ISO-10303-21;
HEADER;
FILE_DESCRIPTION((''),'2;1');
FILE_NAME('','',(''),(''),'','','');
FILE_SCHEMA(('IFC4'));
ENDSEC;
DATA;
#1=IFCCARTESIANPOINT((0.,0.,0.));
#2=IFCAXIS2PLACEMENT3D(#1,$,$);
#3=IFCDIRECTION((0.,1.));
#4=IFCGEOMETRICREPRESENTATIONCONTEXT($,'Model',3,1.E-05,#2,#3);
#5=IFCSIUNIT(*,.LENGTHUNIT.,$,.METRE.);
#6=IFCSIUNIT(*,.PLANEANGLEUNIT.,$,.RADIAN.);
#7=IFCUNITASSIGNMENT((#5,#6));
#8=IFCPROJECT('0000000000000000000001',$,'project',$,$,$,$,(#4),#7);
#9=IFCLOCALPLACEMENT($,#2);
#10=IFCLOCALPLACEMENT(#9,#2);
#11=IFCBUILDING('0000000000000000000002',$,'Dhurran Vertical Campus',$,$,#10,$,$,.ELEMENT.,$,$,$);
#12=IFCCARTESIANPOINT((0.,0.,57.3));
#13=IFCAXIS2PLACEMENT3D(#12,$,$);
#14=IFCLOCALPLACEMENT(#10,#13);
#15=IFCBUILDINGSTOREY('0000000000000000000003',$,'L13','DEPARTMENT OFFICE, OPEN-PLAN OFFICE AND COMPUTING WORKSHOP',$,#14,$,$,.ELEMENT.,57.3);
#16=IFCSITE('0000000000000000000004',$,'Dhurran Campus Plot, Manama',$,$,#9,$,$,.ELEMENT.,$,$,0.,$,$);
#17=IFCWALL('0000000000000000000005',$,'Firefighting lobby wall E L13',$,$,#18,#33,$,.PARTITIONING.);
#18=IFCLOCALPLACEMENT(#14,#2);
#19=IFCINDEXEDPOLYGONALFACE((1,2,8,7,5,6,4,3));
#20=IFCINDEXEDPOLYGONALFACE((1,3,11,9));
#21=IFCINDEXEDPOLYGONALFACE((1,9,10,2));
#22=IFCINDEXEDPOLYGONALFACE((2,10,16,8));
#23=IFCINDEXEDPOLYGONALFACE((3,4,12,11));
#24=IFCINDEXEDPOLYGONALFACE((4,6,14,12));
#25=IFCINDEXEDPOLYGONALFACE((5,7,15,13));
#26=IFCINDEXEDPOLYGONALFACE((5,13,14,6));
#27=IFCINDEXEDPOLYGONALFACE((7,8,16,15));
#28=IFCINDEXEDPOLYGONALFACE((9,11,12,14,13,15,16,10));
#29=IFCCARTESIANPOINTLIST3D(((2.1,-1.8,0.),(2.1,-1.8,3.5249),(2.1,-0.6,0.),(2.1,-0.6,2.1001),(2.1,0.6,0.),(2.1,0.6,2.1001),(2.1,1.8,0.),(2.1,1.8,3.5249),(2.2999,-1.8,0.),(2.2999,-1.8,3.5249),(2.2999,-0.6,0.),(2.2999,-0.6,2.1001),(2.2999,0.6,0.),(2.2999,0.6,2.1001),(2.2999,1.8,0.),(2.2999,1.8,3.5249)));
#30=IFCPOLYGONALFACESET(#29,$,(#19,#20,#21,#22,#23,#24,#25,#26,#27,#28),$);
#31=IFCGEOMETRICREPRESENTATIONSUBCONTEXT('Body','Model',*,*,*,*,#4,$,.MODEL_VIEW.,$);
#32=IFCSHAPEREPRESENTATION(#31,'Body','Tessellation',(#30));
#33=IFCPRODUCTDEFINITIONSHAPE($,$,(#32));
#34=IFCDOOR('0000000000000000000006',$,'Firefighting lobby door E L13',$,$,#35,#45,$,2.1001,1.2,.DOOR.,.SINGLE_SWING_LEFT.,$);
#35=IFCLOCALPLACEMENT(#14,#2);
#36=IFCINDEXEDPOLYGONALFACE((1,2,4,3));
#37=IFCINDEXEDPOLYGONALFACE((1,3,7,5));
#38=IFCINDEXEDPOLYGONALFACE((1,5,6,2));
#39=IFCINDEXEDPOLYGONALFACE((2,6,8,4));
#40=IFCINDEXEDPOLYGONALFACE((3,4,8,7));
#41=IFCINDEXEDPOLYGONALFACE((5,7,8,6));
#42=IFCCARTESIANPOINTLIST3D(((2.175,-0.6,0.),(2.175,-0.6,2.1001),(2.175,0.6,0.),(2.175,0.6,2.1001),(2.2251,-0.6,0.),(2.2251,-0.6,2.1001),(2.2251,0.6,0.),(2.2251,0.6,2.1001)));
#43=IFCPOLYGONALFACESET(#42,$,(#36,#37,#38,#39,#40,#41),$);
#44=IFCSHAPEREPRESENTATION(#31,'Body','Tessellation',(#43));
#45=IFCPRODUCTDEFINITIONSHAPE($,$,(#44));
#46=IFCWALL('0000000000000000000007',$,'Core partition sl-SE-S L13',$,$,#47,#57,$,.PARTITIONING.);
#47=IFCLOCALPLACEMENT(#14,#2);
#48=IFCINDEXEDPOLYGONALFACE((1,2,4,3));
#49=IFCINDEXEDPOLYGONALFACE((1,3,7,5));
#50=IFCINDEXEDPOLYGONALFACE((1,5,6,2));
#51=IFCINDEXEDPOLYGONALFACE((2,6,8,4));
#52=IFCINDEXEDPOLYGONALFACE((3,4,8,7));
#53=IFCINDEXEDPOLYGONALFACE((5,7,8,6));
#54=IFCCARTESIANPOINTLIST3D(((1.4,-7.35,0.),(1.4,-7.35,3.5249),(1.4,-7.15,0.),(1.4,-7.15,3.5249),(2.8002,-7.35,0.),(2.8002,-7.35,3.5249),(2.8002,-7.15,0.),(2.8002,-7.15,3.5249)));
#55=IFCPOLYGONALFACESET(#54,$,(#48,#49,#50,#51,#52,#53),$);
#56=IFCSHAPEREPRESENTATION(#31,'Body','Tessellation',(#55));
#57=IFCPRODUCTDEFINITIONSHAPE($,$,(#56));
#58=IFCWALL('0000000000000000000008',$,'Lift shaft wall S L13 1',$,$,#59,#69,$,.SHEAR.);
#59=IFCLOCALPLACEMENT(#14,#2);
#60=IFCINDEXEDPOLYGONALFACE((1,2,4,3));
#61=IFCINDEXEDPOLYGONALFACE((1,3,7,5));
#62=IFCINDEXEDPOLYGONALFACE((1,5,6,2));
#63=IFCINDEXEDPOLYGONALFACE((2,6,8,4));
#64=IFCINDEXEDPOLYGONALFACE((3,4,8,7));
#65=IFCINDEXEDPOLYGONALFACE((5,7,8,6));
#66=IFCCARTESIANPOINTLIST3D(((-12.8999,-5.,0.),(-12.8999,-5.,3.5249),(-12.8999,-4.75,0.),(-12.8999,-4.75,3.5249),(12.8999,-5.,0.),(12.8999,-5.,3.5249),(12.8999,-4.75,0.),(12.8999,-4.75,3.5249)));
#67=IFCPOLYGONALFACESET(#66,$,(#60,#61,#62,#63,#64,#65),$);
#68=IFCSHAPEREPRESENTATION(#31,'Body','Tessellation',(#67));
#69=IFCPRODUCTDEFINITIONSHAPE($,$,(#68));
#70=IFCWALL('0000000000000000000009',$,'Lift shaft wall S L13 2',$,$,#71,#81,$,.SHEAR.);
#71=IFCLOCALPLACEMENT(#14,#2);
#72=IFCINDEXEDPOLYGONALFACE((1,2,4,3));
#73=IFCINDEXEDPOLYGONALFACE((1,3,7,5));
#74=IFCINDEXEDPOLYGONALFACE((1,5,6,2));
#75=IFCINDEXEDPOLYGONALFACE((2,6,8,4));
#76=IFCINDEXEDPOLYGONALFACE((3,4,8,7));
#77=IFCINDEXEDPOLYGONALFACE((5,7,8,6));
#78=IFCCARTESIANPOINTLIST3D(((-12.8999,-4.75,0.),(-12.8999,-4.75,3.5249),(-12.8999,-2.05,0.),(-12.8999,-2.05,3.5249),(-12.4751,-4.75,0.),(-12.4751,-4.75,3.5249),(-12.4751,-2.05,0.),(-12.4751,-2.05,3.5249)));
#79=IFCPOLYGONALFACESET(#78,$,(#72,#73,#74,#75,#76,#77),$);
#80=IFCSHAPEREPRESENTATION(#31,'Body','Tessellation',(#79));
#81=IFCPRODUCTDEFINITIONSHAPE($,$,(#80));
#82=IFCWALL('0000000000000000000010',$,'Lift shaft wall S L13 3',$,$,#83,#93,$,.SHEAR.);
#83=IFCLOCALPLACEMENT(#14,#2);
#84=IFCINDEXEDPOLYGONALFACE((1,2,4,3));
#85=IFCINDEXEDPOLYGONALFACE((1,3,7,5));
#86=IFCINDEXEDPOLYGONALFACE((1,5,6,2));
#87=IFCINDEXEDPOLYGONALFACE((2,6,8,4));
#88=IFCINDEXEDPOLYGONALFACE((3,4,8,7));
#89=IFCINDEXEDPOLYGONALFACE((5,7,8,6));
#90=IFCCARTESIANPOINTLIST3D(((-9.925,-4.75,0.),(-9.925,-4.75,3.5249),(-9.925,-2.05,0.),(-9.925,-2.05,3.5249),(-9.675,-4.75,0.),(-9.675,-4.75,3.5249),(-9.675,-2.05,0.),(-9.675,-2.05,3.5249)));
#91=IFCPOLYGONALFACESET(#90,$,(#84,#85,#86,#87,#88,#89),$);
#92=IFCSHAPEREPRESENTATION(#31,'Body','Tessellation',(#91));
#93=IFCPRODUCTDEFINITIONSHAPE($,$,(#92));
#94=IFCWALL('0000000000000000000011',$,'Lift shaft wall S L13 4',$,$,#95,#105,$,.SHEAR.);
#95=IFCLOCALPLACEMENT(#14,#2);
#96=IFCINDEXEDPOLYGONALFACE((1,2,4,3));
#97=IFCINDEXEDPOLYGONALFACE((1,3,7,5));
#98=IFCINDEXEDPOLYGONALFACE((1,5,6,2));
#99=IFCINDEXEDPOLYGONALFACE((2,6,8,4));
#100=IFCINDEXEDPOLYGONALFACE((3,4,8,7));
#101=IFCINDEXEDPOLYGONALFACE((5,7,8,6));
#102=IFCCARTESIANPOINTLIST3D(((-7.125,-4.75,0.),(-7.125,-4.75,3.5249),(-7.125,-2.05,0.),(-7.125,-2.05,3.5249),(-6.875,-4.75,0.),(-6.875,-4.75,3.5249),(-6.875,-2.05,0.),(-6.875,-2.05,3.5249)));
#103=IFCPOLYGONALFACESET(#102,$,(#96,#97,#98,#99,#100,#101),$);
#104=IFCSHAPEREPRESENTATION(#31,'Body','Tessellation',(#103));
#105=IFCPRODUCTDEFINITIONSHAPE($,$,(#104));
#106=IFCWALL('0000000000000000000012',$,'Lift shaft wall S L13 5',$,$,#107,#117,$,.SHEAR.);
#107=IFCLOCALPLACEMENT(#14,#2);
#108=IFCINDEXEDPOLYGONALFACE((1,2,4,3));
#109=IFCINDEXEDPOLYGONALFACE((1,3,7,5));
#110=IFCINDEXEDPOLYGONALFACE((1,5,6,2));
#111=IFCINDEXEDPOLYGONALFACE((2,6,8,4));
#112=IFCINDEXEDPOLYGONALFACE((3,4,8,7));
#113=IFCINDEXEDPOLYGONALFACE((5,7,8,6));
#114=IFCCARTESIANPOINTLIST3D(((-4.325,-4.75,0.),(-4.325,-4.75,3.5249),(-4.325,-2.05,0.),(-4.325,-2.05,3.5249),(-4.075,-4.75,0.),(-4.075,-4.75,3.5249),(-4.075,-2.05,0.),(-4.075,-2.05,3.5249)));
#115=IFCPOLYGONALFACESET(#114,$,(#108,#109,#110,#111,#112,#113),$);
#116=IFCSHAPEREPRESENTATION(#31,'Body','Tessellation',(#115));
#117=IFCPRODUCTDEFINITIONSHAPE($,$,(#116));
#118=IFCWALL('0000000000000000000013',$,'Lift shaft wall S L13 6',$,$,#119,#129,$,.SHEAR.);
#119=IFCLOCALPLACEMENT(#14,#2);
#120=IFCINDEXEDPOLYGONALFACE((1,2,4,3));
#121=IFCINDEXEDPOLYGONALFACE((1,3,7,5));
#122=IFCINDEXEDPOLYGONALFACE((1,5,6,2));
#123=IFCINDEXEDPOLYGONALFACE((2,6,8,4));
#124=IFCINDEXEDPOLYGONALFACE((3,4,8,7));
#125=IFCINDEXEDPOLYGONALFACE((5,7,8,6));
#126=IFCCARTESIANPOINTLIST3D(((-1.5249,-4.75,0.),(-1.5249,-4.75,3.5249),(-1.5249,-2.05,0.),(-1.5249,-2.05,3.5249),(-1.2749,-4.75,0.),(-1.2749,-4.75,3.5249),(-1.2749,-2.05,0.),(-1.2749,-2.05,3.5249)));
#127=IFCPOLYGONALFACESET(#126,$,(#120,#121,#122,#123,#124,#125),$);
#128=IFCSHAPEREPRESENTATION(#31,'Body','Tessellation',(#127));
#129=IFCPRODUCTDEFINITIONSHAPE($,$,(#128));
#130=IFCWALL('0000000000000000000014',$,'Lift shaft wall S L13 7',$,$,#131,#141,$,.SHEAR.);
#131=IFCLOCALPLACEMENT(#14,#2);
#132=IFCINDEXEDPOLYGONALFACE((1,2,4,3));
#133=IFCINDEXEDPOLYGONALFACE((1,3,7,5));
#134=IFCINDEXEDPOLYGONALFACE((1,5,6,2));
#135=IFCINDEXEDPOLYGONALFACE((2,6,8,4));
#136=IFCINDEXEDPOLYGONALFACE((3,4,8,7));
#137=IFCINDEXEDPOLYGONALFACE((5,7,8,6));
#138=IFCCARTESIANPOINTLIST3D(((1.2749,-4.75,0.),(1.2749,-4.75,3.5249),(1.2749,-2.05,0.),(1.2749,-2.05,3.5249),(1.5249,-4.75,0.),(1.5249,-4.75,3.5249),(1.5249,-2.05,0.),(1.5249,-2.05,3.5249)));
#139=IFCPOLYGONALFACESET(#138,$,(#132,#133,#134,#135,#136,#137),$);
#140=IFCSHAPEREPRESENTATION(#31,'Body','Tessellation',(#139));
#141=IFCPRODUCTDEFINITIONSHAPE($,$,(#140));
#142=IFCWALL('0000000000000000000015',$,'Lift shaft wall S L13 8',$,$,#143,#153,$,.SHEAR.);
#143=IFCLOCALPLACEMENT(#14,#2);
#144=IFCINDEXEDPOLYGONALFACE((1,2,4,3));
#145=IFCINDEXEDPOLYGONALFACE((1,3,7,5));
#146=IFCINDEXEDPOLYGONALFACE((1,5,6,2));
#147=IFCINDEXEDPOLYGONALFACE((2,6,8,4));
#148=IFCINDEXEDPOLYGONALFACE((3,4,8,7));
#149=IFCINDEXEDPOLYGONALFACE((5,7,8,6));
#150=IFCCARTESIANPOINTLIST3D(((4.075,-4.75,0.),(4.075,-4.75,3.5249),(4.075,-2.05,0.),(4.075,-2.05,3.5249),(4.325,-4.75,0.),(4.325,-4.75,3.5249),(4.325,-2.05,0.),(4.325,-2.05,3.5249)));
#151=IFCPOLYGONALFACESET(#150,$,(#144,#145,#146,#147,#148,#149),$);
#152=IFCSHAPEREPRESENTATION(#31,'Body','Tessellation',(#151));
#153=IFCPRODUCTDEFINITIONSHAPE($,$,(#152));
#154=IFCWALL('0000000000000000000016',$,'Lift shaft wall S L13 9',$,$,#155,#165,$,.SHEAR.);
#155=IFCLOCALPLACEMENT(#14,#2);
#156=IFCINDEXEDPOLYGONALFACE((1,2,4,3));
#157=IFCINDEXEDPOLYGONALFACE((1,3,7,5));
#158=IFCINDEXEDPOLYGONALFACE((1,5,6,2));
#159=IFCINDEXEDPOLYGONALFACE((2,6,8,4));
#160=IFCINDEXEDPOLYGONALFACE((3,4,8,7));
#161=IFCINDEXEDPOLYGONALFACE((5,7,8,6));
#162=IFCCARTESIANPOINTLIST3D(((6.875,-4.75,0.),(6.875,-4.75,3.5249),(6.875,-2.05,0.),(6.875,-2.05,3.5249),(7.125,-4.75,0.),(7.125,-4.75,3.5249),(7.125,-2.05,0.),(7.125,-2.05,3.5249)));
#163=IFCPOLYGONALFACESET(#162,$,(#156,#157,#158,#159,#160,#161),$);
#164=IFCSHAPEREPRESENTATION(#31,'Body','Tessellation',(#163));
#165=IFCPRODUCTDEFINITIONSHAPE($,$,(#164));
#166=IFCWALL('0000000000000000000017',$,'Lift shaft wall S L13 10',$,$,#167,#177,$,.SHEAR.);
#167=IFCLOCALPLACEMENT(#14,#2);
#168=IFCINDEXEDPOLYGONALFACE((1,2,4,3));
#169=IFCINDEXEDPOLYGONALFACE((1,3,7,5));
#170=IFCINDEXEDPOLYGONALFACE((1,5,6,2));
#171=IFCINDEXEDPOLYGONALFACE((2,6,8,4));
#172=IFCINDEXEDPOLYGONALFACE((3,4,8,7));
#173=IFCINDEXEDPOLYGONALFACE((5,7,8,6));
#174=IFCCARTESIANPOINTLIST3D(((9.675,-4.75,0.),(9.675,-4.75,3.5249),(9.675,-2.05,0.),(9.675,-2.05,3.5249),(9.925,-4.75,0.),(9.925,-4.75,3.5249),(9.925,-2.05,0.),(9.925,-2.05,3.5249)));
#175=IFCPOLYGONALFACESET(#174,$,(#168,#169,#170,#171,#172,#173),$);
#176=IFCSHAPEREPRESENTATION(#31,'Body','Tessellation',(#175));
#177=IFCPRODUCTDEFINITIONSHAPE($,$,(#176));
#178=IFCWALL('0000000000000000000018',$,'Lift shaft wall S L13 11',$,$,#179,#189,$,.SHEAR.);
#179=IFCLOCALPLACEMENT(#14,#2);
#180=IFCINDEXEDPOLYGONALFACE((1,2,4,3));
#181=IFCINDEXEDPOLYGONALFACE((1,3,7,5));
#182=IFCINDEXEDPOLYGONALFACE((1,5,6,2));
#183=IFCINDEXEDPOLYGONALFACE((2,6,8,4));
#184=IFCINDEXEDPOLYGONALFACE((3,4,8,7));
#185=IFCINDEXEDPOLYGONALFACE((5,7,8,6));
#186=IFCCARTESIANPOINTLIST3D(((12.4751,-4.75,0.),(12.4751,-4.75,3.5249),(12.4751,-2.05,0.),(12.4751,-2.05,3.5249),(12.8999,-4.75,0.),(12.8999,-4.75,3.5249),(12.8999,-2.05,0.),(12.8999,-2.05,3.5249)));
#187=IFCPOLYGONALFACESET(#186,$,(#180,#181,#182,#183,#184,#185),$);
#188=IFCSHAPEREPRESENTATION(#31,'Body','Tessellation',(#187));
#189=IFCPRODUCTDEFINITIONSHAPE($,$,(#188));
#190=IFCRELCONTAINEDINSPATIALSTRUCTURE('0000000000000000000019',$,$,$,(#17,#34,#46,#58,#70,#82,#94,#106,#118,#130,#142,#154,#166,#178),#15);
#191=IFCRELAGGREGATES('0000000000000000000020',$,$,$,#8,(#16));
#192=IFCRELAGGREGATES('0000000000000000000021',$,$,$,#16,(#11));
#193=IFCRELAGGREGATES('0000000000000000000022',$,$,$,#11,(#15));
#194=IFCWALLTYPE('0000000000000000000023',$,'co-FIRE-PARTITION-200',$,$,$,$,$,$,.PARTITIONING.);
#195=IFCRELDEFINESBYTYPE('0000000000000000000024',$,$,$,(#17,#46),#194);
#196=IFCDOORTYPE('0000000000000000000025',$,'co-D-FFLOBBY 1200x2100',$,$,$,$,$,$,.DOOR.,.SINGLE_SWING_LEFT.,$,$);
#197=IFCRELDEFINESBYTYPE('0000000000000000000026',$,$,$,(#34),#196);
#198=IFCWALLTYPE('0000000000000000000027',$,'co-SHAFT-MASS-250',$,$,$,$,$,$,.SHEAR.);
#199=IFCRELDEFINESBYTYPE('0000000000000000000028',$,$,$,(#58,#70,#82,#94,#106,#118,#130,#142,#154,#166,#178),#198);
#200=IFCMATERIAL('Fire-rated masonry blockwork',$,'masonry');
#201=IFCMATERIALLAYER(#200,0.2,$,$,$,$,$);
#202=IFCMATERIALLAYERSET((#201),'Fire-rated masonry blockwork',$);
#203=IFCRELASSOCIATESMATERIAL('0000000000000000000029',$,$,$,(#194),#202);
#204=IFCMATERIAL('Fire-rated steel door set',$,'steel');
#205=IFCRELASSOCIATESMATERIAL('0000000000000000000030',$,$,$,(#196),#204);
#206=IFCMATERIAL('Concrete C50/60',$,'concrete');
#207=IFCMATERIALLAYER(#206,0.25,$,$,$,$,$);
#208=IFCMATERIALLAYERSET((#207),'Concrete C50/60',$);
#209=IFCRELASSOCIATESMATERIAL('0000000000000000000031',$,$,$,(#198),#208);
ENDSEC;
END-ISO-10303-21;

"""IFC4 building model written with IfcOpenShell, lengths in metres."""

from ifc_helpers import new_model, si_unit, direction, frame, frame_2d, origin, place, context, subcontext, project, spatial, polyline, rectangle, outline, extrude, material, layer, layer_set, type_object, element, fill, save


model = new_model("IFC4")

# Units and contexts
model_context = context("Model", 3, precision=1e-05, world=origin(), true_north=direction((0.0, 1.0)))
body_context = subcontext(model_context, "Body", "Model", "MODEL_VIEW")
ifc_project = project(units=[si_unit("LENGTHUNIT", "METRE"), si_unit("PLANEANGLEUNIT", "RADIAN")], contexts=[model_context])

# Site, building, storey
site_placement = place(None, origin())
site = spatial("IfcSite", under=ifc_project, at=site_placement, Name="Dhurran Campus Plot, Manama", CompositionType="ELEMENT", RefElevation=0.0)
building_placement = place(site_placement, origin())
building = spatial("IfcBuilding", under=site, at=building_placement, Name="Dhurran Vertical Campus", CompositionType="ELEMENT")
storey_placement = place(building_placement, frame((0.0, 0.0, 57.3)))
storey = spatial("IfcBuildingStorey", under=building, at=storey_placement, Name="L13", Description="DEPARTMENT OFFICE, OPEN-PLAN OFFICE AND COMPUTING WORKSHOP", CompositionType="ELEMENT", Elevation=57.3)

# Wall, opening, door
ifc_material_1 = material(Name="Fire-rated masonry blockwork", Category="masonry")
ifc_layer_1 = layer(ifc_material_1, 0.2)
ifc_layer_set_1 = layer_set([ifc_layer_1], Name="Fire-rated masonry blockwork")
wall_type_1 = type_object("IfcWallType", Name="co-FIRE-PARTITION-200", PredefinedType="PARTITIONING", material=ifc_layer_set_1)
wall_1_placement = place(storey_placement, frame((2.2, -1.8, 0.0), z_axis=(0.0, 0.0, 1.0), x_axis=(0.0, 1.0, 0.0)))
wall_1 = element("IfcWall", 1, at=wall_1_placement, inside=storey, type_object=wall_type_1, Name="Firefighting lobby wall E L13", PredefinedType="PARTITIONING", context=body_context, shape_type="SweptSolid", body=[
    extrude(rectangle(XDim=3.6001, YDim=0.2, at=frame_2d((1.8, 0.0))), origin(), (0.0, 0.0, 1.0), 3.5249),
])
opening_1_placement = place(wall_1_placement, frame((1.2, 0.0, 0.0)))
opening_1 = element("IfcOpeningElement", 2, at=opening_1_placement, cuts=wall_1, PredefinedType="OPENING", context=body_context, shape_type="SweptSolid", body=[
    extrude(rectangle(XDim=1.2, YDim=2.1001, at=frame_2d((0.6001, 1.05))), frame((0.0, 0.1099, 0.0), z_axis=(0.0, -1.0, 0.0), x_axis=(1.0, 0.0, 0.0)), (0.0, 0.0, 1.0), 0.22),
])
ifc_material_2 = material(Name="Fire-rated steel door set", Category="steel")
door_type_1 = type_object("IfcDoorType", Name="co-D-FFLOBBY 1200x2100", OperationType="SINGLE_SWING_LEFT", PredefinedType="DOOR", material=ifc_material_2)
door_1_placement = place(opening_1_placement, origin())
door_1 = element("IfcDoor", 3, at=door_1_placement, inside=storey, type_object=door_type_1, Name="Firefighting lobby door E L13", OperationType="SINGLE_SWING_LEFT", OverallHeight=2.1001, OverallWidth=1.2, PredefinedType="DOOR", context=body_context, shape_type="SweptSolid", body=[
    extrude(rectangle(XDim=1.2, YDim=2.1001, at=frame_2d((0.6001, 1.05))), frame((0.0, 0.0249, 0.0), z_axis=(0.0, -1.0, 0.0), x_axis=(1.0, 0.0, 0.0)), (0.0, 0.0, 1.0), 0.05),
])
fill(opening_1, door_1)

# Walls
wall_2_placement = place(storey_placement, frame((1.3999, -7.25, 0.0), z_axis=(0.0, 0.0, 1.0), x_axis=(1.0, 0.0, 0.0)))
element("IfcWall", 4, at=wall_2_placement, inside=storey, type_object=wall_type_1, Name="Core partition sl-SE-S L13", PredefinedType="PARTITIONING", context=body_context, shape_type="SweptSolid", body=[
    extrude(rectangle(XDim=1.4001, YDim=0.2, at=frame_2d((0.7002, 0.0))), origin(), (0.0, 0.0, 1.0), 3.5249),
])
ifc_material_3 = material(Name="Concrete C50/60", Category="concrete")
ifc_layer_2 = layer(ifc_material_3, 0.25)
ifc_layer_set_2 = layer_set([ifc_layer_2], Name="Concrete C50/60")
wall_type_2 = type_object("IfcWallType", Name="co-SHAFT-MASS-250", PredefinedType="SHEAR", material=ifc_layer_set_2)
wall_3_placement = place(storey_placement, origin())
element("IfcWall", 5, at=wall_3_placement, inside=storey, type_object=wall_type_2, Name="Lift shaft wall S L13 1", PredefinedType="SHEAR", context=body_context, shape_type="SweptSolid", body=[
    extrude(outline(polyline([(-12.8999, -5.0), (12.8999, -5.0), (12.8999, -4.75), (-12.8999, -4.75), (-12.8999, -5.0)])), origin(), (0.0, 0.0, 1.0), 3.5249),
])
wall_4_placement = place(storey_placement, origin())
element("IfcWall", 6, at=wall_4_placement, inside=storey, type_object=wall_type_2, Name="Lift shaft wall S L13 2", PredefinedType="SHEAR", context=body_context, shape_type="SweptSolid", body=[
    extrude(outline(polyline([(-12.8999, -4.75), (-12.4751, -4.75), (-12.4751, -2.05), (-12.8999, -2.05), (-12.8999, -4.75)])), origin(), (0.0, 0.0, 1.0), 3.5249),
])
wall_5_placement = place(storey_placement, origin())
element("IfcWall", 7, at=wall_5_placement, inside=storey, type_object=wall_type_2, Name="Lift shaft wall S L13 3", PredefinedType="SHEAR", context=body_context, shape_type="SweptSolid", body=[
    extrude(outline(polyline([(-9.925, -4.75), (-9.675, -4.75), (-9.675, -2.05), (-9.925, -2.05), (-9.925, -4.75)])), origin(), (0.0, 0.0, 1.0), 3.5249),
])
wall_6_placement = place(storey_placement, origin())
element("IfcWall", 8, at=wall_6_placement, inside=storey, type_object=wall_type_2, Name="Lift shaft wall S L13 4", PredefinedType="SHEAR", context=body_context, shape_type="SweptSolid", body=[
    extrude(outline(polyline([(-7.125, -4.75), (-6.875, -4.75), (-6.875, -2.05), (-7.125, -2.05), (-7.125, -4.75)])), origin(), (0.0, 0.0, 1.0), 3.5249),
])
wall_7_placement = place(storey_placement, origin())
element("IfcWall", 9, at=wall_7_placement, inside=storey, type_object=wall_type_2, Name="Lift shaft wall S L13 5", PredefinedType="SHEAR", context=body_context, shape_type="SweptSolid", body=[
    extrude(outline(polyline([(-4.325, -4.75), (-4.075, -4.75), (-4.075, -2.05), (-4.325, -2.05), (-4.325, -4.75)])), origin(), (0.0, 0.0, 1.0), 3.5249),
])
wall_8_placement = place(storey_placement, origin())
element("IfcWall", 10, at=wall_8_placement, inside=storey, type_object=wall_type_2, Name="Lift shaft wall S L13 6", PredefinedType="SHEAR", context=body_context, shape_type="SweptSolid", body=[
    extrude(outline(polyline([(-1.5249, -4.75), (-1.2749, -4.75), (-1.2749, -2.05), (-1.5249, -2.05), (-1.5249, -4.75)])), origin(), (0.0, 0.0, 1.0), 3.5249),
])
wall_9_placement = place(storey_placement, origin())
element("IfcWall", 11, at=wall_9_placement, inside=storey, type_object=wall_type_2, Name="Lift shaft wall S L13 7", PredefinedType="SHEAR", context=body_context, shape_type="SweptSolid", body=[
    extrude(outline(polyline([(1.2749, -4.75), (1.5249, -4.75), (1.5249, -2.05), (1.2749, -2.05), (1.2749, -4.75)])), origin(), (0.0, 0.0, 1.0), 3.5249),
])
wall_10_placement = place(storey_placement, origin())
element("IfcWall", 12, at=wall_10_placement, inside=storey, type_object=wall_type_2, Name="Lift shaft wall S L13 8", PredefinedType="SHEAR", context=body_context, shape_type="SweptSolid", body=[
    extrude(outline(polyline([(4.075, -4.75), (4.325, -4.75), (4.325, -2.05), (4.075, -2.05), (4.075, -4.75)])), origin(), (0.0, 0.0, 1.0), 3.5249),
])
wall_11_placement = place(storey_placement, origin())
element("IfcWall", 13, at=wall_11_placement, inside=storey, type_object=wall_type_2, Name="Lift shaft wall S L13 9", PredefinedType="SHEAR", context=body_context, shape_type="SweptSolid", body=[
    extrude(outline(polyline([(6.875, -4.75), (7.125, -4.75), (7.125, -2.05), (6.875, -2.05), (6.875, -4.75)])), origin(), (0.0, 0.0, 1.0), 3.5249),
])
wall_12_placement = place(storey_placement, origin())
element("IfcWall", 14, at=wall_12_placement, inside=storey, type_object=wall_type_2, Name="Lift shaft wall S L13 10", PredefinedType="SHEAR", context=body_context, shape_type="SweptSolid", body=[
    extrude(outline(polyline([(9.675, -4.75), (9.925, -4.75), (9.925, -2.05), (9.675, -2.05), (9.675, -4.75)])), origin(), (0.0, 0.0, 1.0), 3.5249),
])
wall_13_placement = place(storey_placement, origin())
element("IfcWall", 15, at=wall_13_placement, inside=storey, type_object=wall_type_2, Name="Lift shaft wall S L13 11", PredefinedType="SHEAR", context=body_context, shape_type="SweptSolid", body=[
    extrude(outline(polyline([(12.4751, -4.75), (12.8999, -4.75), (12.8999, -2.05), (12.4751, -2.05), (12.4751, -4.75)])), origin(), (0.0, 0.0, 1.0), 3.5249),
])

save(model, "model.ifc")
